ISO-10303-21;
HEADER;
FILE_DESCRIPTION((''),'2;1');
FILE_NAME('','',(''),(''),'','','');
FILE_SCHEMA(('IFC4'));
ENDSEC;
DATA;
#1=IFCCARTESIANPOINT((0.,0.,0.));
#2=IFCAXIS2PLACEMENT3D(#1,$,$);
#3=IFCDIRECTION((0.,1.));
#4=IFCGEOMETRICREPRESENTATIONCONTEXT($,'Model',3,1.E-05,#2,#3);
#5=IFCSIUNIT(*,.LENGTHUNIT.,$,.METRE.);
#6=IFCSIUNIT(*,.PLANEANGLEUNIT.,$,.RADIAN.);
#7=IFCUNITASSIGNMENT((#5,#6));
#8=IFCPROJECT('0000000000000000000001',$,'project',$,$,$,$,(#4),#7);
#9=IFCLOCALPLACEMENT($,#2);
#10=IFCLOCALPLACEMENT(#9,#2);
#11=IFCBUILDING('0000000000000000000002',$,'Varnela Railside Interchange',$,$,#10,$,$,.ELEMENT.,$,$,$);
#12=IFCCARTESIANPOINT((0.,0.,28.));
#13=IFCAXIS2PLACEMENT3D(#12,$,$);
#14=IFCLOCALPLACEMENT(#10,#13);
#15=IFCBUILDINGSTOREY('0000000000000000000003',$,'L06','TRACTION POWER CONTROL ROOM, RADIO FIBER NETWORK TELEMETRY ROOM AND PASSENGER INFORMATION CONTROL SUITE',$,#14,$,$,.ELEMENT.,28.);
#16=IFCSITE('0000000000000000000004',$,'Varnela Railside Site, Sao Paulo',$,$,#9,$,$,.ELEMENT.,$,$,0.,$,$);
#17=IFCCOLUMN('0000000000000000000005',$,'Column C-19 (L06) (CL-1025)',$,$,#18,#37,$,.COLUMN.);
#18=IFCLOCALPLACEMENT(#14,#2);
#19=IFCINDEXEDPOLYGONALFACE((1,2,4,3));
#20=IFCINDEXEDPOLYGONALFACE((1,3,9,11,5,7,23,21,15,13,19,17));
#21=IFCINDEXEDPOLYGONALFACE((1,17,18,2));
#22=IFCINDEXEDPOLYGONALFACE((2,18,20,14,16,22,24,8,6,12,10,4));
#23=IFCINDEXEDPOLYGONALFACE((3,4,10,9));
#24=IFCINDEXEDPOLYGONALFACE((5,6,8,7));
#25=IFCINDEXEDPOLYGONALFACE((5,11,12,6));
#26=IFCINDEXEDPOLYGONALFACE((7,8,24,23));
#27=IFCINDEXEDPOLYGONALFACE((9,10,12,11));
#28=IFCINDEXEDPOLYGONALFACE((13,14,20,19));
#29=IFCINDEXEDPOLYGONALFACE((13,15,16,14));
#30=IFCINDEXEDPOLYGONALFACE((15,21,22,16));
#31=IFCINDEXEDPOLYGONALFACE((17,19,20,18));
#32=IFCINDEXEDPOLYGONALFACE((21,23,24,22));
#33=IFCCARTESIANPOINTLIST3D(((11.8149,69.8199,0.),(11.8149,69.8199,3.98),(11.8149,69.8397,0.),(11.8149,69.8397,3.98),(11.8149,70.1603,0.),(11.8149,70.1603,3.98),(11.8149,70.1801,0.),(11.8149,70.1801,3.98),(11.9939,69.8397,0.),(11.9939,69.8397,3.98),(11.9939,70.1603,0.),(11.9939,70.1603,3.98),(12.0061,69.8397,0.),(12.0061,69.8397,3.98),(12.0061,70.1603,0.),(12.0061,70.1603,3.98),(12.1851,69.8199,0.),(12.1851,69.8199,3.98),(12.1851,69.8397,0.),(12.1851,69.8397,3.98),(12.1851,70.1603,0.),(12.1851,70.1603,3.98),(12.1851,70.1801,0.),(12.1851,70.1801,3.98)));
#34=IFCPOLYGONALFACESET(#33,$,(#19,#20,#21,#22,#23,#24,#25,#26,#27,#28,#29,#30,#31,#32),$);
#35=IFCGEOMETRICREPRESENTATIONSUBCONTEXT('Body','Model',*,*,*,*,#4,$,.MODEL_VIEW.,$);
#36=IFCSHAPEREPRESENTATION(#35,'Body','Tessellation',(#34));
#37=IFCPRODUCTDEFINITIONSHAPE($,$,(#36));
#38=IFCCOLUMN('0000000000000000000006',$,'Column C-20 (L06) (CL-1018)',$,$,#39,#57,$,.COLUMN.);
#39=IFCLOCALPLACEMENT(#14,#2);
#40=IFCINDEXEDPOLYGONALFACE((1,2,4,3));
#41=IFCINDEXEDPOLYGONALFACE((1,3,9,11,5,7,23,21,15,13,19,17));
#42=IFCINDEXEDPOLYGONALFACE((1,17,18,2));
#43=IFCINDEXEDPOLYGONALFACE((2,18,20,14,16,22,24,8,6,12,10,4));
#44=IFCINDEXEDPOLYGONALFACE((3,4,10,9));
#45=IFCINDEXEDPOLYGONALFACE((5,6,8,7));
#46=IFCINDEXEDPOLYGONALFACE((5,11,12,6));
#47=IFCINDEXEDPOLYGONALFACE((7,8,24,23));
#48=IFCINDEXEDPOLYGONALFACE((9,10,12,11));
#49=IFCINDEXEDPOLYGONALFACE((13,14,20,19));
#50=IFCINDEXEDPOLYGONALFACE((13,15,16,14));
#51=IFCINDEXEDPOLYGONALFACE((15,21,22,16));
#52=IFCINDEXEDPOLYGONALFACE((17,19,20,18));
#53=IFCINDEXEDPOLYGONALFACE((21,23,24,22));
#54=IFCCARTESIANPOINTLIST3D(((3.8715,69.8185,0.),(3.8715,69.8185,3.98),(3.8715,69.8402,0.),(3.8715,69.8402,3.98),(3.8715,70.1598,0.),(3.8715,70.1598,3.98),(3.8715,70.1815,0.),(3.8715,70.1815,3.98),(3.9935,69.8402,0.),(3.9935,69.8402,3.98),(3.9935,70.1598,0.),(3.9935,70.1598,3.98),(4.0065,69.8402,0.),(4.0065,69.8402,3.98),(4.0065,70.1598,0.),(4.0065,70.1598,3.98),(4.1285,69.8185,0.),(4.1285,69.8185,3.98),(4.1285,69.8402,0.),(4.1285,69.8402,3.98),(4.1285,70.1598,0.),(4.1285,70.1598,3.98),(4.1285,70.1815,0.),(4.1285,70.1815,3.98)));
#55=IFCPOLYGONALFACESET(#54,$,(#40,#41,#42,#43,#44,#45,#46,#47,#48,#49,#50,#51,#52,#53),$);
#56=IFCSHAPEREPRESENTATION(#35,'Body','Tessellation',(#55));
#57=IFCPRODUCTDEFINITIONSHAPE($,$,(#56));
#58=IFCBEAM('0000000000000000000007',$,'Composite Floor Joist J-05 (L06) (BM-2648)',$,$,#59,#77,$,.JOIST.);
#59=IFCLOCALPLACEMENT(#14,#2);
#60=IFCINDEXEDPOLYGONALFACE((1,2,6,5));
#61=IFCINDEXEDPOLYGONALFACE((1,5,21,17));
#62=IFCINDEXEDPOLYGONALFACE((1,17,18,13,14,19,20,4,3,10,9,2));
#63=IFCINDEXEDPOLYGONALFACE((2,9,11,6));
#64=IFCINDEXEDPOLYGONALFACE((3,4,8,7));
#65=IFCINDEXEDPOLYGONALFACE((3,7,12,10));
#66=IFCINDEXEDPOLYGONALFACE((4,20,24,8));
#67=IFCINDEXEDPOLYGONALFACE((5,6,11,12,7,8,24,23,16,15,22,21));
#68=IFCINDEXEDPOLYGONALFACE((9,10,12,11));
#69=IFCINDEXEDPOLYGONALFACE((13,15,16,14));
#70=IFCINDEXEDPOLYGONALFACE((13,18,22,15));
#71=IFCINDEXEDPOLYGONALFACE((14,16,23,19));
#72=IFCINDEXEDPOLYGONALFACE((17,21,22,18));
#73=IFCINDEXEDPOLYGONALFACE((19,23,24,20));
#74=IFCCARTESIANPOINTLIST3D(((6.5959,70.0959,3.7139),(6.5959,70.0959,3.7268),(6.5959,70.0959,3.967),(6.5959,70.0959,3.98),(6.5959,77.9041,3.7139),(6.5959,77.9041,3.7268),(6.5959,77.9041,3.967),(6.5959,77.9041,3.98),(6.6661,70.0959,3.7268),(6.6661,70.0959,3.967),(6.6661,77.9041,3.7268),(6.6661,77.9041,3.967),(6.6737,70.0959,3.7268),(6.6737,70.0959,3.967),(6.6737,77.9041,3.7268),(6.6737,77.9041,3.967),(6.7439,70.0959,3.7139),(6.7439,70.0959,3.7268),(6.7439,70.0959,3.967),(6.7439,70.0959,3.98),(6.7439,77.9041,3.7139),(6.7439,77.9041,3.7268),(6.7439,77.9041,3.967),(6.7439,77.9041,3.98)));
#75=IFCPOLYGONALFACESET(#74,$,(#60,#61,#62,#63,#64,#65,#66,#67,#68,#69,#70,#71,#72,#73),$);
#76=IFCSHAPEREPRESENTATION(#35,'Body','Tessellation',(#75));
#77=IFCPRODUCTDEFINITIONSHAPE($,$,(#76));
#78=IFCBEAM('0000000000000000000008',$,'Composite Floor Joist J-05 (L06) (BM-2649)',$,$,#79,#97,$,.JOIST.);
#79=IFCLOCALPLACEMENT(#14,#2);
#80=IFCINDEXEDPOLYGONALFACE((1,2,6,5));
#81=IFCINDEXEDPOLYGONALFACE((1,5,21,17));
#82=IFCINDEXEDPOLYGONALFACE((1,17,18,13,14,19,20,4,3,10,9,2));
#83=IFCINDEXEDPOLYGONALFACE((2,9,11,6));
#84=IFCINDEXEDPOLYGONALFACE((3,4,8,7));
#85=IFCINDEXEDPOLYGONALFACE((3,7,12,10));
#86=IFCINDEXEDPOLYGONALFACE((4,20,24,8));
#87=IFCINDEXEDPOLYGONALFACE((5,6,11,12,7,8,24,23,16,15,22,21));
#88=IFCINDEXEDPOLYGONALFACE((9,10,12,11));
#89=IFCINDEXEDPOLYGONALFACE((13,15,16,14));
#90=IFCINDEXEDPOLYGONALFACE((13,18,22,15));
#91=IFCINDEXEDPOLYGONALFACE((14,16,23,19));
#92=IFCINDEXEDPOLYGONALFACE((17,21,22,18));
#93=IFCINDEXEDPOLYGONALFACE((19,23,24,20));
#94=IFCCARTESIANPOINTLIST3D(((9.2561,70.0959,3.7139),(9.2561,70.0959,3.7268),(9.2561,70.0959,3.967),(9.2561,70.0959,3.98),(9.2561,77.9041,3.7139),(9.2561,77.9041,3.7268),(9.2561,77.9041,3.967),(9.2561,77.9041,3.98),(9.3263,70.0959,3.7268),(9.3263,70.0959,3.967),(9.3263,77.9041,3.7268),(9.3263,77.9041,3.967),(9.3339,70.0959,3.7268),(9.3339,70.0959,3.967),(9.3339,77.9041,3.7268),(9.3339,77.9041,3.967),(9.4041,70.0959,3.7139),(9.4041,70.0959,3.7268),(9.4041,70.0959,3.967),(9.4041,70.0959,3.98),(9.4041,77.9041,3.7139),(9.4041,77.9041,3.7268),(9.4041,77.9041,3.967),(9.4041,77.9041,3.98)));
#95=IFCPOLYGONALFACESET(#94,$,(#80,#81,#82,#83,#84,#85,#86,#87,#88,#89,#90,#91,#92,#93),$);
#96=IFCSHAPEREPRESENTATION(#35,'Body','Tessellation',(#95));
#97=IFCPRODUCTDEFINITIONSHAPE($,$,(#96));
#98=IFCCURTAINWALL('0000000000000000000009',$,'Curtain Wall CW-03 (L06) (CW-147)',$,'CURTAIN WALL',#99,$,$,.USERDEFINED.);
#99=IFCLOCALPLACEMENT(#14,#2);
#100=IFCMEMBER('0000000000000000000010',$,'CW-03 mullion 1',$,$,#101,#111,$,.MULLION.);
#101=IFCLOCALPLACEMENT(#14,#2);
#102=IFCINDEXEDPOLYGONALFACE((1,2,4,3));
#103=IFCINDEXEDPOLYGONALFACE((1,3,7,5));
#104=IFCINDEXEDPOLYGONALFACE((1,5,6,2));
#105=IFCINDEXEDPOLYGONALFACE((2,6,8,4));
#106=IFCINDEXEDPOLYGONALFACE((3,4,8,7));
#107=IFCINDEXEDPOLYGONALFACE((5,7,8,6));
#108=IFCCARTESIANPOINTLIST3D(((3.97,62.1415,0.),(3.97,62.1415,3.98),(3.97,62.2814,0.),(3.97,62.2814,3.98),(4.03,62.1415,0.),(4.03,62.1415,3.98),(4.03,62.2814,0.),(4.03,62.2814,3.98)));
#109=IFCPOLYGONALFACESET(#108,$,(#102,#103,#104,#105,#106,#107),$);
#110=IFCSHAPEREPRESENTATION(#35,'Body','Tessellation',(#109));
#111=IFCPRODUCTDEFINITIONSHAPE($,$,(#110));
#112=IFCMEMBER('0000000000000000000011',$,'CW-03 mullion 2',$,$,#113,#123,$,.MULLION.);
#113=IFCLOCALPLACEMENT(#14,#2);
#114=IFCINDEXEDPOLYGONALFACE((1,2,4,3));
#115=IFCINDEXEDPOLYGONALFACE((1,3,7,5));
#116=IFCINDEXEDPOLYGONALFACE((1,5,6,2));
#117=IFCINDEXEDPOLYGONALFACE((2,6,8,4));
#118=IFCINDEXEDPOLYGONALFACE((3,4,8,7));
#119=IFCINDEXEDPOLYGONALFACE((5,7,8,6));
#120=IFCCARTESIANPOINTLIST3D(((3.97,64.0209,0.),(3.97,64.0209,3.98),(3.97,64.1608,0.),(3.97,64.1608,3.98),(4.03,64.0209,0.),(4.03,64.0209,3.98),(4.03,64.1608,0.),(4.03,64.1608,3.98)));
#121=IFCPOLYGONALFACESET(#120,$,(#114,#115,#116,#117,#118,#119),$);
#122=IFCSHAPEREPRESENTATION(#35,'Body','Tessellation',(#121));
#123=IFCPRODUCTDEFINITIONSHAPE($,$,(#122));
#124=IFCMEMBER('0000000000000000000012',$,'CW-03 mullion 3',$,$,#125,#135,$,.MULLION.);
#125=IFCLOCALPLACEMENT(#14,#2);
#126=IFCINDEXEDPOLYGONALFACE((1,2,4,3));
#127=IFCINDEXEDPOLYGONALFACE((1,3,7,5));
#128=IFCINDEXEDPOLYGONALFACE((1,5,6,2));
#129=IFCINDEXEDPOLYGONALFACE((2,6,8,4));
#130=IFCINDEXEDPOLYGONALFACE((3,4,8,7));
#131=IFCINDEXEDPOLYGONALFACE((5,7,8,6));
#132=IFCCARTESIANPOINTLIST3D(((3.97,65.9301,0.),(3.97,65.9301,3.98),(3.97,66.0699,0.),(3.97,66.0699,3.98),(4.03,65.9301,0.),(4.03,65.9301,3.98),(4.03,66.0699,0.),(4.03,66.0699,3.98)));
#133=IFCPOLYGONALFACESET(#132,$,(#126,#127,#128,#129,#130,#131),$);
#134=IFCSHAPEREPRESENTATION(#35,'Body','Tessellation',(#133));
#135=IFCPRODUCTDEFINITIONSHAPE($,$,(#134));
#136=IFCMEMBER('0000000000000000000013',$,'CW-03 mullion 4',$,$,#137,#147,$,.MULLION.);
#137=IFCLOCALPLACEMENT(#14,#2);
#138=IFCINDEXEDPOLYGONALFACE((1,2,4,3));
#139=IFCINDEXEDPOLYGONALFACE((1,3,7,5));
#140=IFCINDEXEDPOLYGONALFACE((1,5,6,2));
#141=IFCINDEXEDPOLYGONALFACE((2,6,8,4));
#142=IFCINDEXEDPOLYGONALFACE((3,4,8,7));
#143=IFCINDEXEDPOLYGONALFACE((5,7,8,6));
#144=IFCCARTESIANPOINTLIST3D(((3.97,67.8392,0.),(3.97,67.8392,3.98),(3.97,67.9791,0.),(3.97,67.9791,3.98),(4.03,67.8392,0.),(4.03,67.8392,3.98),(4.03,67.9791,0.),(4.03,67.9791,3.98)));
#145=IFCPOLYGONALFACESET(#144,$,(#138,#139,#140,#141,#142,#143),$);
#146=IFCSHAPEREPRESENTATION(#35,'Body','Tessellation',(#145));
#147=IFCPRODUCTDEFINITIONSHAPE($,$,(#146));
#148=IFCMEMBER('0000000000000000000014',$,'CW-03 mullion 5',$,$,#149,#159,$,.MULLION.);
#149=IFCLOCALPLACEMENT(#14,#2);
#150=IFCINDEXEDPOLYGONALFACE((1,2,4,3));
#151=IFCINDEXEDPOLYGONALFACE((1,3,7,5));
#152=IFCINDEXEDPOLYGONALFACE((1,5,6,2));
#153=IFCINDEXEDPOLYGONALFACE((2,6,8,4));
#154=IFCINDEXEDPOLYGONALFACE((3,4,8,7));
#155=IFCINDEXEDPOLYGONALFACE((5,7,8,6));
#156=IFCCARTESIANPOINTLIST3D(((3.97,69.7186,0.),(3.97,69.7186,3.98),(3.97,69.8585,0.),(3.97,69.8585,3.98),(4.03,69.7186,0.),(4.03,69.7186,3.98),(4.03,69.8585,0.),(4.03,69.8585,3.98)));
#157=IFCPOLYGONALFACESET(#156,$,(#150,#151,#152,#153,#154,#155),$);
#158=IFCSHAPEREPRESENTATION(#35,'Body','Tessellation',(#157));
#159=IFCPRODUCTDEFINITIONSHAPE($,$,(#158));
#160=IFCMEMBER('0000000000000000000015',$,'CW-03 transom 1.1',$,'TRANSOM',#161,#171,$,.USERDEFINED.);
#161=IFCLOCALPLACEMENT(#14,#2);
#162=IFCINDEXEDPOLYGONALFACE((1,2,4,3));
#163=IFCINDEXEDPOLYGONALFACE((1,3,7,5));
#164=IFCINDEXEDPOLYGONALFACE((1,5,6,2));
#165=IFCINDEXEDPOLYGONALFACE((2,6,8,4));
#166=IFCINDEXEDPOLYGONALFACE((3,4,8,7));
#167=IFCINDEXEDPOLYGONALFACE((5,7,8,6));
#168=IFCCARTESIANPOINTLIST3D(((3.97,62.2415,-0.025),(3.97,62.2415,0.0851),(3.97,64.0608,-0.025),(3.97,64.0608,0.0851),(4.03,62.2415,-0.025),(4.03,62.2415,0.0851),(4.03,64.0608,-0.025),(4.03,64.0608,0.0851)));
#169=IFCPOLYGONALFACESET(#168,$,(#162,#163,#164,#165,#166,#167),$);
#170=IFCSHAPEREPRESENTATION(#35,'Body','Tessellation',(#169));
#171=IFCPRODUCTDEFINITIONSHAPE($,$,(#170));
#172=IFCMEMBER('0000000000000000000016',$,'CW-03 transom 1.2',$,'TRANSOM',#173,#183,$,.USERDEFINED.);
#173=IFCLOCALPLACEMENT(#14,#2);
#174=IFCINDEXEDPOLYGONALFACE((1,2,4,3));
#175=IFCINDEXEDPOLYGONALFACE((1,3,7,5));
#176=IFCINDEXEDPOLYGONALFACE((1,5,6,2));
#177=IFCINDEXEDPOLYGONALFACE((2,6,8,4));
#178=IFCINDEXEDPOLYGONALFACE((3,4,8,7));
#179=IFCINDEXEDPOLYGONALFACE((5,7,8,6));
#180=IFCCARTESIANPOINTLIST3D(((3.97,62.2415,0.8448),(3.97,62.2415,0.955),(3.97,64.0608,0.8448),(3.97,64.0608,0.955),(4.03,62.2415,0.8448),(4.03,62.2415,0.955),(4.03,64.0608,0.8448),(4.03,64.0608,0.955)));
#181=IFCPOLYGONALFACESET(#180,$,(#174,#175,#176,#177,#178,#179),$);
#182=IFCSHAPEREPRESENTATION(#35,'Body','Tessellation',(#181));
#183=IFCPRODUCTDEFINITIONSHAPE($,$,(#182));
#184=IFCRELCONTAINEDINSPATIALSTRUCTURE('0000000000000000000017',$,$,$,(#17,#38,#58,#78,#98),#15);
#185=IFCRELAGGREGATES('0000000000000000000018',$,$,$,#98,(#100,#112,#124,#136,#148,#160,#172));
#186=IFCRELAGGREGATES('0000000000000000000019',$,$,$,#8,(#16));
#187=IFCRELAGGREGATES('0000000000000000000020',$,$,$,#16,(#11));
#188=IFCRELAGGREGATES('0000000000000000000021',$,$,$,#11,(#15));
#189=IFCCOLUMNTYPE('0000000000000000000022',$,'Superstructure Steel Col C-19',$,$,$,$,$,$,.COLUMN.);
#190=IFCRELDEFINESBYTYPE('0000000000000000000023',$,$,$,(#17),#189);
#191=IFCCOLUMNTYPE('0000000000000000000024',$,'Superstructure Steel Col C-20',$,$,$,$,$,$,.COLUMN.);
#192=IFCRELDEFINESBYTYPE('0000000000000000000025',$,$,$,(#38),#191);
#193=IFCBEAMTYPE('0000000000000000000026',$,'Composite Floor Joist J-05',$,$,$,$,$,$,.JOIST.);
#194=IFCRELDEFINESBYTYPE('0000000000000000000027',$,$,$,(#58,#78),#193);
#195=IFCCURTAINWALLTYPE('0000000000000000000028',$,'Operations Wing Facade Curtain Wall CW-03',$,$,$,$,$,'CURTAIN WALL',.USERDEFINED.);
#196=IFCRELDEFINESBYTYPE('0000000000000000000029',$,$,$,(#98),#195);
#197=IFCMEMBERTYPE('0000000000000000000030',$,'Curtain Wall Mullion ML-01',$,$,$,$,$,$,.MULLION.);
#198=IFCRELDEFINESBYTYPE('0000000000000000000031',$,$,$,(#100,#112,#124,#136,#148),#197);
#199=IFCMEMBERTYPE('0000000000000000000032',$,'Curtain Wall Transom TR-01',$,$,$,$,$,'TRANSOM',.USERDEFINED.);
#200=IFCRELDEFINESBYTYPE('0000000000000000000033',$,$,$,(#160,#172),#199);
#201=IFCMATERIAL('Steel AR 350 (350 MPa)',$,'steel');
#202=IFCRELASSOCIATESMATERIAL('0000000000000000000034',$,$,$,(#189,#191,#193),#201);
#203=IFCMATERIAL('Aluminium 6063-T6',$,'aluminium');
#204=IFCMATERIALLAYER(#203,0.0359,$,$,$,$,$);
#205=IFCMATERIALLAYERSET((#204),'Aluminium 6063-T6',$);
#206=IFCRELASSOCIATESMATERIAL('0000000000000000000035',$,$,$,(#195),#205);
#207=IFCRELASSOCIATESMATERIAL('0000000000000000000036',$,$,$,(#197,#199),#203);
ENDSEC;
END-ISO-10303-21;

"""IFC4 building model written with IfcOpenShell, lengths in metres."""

from ifc_helpers import new_model, si_unit, direction, frame, origin, origin_2d, place, context, subcontext, project, spatial, rectangle, i_section, extrude, material, layer, layer_set, material_profile, profile_set, type_object, element, aggregate, save


model = new_model("IFC4")

# Units and contexts
model_context = context("Model", 3, precision=1e-05, world=origin(), true_north=direction((0.0, 1.0)))
body_context = subcontext(model_context, "Body", "Model", "MODEL_VIEW")
ifc_project = project(units=[si_unit("LENGTHUNIT", "METRE"), si_unit("PLANEANGLEUNIT", "RADIAN")], contexts=[model_context])

# Site, building, storey
site_placement = place(None, origin())
site = spatial("IfcSite", under=ifc_project, at=site_placement, Name="Varnela Railside Site, Sao Paulo", CompositionType="ELEMENT", RefElevation=0.0)
building_placement = place(site_placement, origin())
building = spatial("IfcBuilding", under=site, at=building_placement, Name="Varnela Railside Interchange", CompositionType="ELEMENT")
storey_placement = place(building_placement, frame((0.0, 0.0, 28.0)))
storey = spatial("IfcBuildingStorey", under=building, at=storey_placement, Name="L06", Description="TRACTION POWER CONTROL ROOM, RADIO FIBER NETWORK TELEMETRY ROOM AND PASSENGER INFORMATION CONTROL SUITE", CompositionType="ELEMENT", Elevation=28.0)

# Columns
ifc_material_1 = material(Name="Steel AR 350 (350 MPa)", Category="steel")
ifc_material_profile_1 = material_profile(ifc_material_1, i_section(OverallWidth=0.3701, OverallDepth=0.3601, WebThickness=0.0122, FlangeThickness=0.0198, at=origin_2d()), Name="W360x147")
ifc_profile_set_1 = profile_set([ifc_material_profile_1], Name="Steel AR 350 (350 MPa)")
column_type_1 = type_object("IfcColumnType", Name="Superstructure Steel Col C-19", PredefinedType="COLUMN", material=ifc_profile_set_1)
column_1_placement = place(storey_placement, frame((12.0, 70.0, 0.0), z_axis=(0.0, 0.0, 1.0), x_axis=(1.0, 0.0, 0.0)))
element("IfcColumn", 1, at=column_1_placement, inside=storey, type_object=column_type_1, Name="Column C-19 (L06) (CL-1025)", PredefinedType="COLUMN", context=body_context, shape_type="SweptSolid", body=[
    extrude(i_section(OverallWidth=0.3701, OverallDepth=0.3601, WebThickness=0.0122, FlangeThickness=0.0198, at=origin_2d()), origin(), (0.0, 0.0, 1.0), 3.98),
])
ifc_material_profile_2 = material_profile(ifc_material_1, i_section(OverallWidth=0.2571, OverallDepth=0.363, WebThickness=0.0129, FlangeThickness=0.0217, at=origin_2d()), Name="W360x122")
ifc_profile_set_2 = profile_set([ifc_material_profile_2], Name="Steel AR 350 (350 MPa)")
column_type_2 = type_object("IfcColumnType", Name="Superstructure Steel Col C-20", PredefinedType="COLUMN", material=ifc_profile_set_2)
column_2_placement = place(storey_placement, frame((4.0, 70.0, 0.0), z_axis=(0.0, 0.0, 1.0), x_axis=(1.0, 0.0, 0.0)))
element("IfcColumn", 2, at=column_2_placement, inside=storey, type_object=column_type_2, Name="Column C-20 (L06) (CL-1018)", PredefinedType="COLUMN", context=body_context, shape_type="SweptSolid", body=[
    extrude(i_section(OverallWidth=0.2571, OverallDepth=0.363, WebThickness=0.0129, FlangeThickness=0.0217, at=origin_2d()), origin(), (0.0, 0.0, 1.0), 3.98),
])

# Beams
ifc_material_profile_3 = material_profile(ifc_material_1, i_section(OverallWidth=0.1479, OverallDepth=0.2661, WebThickness=0.0076, FlangeThickness=0.0129, at=origin_2d()), Name="W250x44.8")
ifc_profile_set_3 = profile_set([ifc_material_profile_3], Name="Steel AR 350 (350 MPa)")
beam_type_1 = type_object("IfcBeamType", Name="Composite Floor Joist J-05", PredefinedType="JOIST", material=ifc_profile_set_3)
for number, where, z_axis, x_axis, name in (
    (3, (6.6699, 70.0959, 3.8469), (0.0, 1.0, 0.0), (-1.0, 0.0, 0.0), "Composite Floor Joist J-05 (L06) (BM-2648)"),
    (4, (9.3301, 70.0959, 3.8469), (0.0, 1.0, 0.0), (-1.0, 0.0, 0.0), "Composite Floor Joist J-05 (L06) (BM-2649)"),
):
    element("IfcBeam", number, at=place(storey_placement, frame(where, z_axis=z_axis, x_axis=x_axis)), inside=storey, type_object=beam_type_1, Name=name, PredefinedType="JOIST", context=body_context, shape_type="SweptSolid", body=[
        extrude(i_section(OverallWidth=0.1479, OverallDepth=0.2661, WebThickness=0.0076, FlangeThickness=0.0129, at=origin_2d()), origin(), (0.0, 0.0, 1.0), 7.8081),
    ])

# Curtain wall, members
ifc_material_2 = material(Name="Aluminium 6063-T6", Category="aluminium")
ifc_layer_1 = layer(ifc_material_2, 0.0359)
ifc_layer_set_1 = layer_set([ifc_layer_1], Name="Aluminium 6063-T6")
curtain_wall_type = type_object("IfcCurtainWallType", Name="Operations Wing Facade Curtain Wall CW-03", ElementType="CURTAIN WALL", PredefinedType="USERDEFINED", material=ifc_layer_set_1)
curtain_wall_placement = place(storey_placement, origin())
curtain_wall = element("IfcCurtainWall", 5, at=curtain_wall_placement, inside=storey, type_object=curtain_wall_type, Name="Curtain Wall CW-03 (L06) (CW-147)", ObjectType="CURTAIN WALL", PredefinedType="USERDEFINED")
ifc_material_profile_4 = material_profile(ifc_material_2, rectangle(XDim=0.0601, YDim=0.1399, at=origin_2d()), Name="ALU 60x140")
ifc_profile_set_4 = profile_set([ifc_material_profile_4], Name="Aluminium 6063-T6")
member_type_1 = type_object("IfcMemberType", Name="Curtain Wall Mullion ML-01", PredefinedType="MULLION", material=ifc_profile_set_4)
member_1_placement = place(storey_placement, frame((4.0, 62.2114, 0.0), z_axis=(0.0, 0.0, 1.0), x_axis=(-1.0, 0.0, 0.0)))
member_1 = element("IfcMember", 6, at=member_1_placement, type_object=member_type_1, Name="CW-03 mullion 1", PredefinedType="MULLION", context=body_context, shape_type="SweptSolid", body=[
    extrude(rectangle(XDim=0.0601, YDim=0.1399, at=origin_2d()), origin(), (0.0, 0.0, 1.0), 3.98),
])
member_2_placement = place(storey_placement, frame((4.0, 64.0908, 0.0), z_axis=(0.0, 0.0, 1.0), x_axis=(-1.0, 0.0, 0.0)))
member_2 = element("IfcMember", 7, at=member_2_placement, type_object=member_type_1, Name="CW-03 mullion 2", PredefinedType="MULLION", context=body_context, shape_type="SweptSolid", body=[
    extrude(rectangle(XDim=0.0601, YDim=0.1399, at=origin_2d()), origin(), (0.0, 0.0, 1.0), 3.98),
])
member_3_placement = place(storey_placement, frame((4.0, 66.0, 0.0), z_axis=(0.0, 0.0, 1.0), x_axis=(-1.0, 0.0, 0.0)))
member_3 = element("IfcMember", 8, at=member_3_placement, type_object=member_type_1, Name="CW-03 mullion 3", PredefinedType="MULLION", context=body_context, shape_type="SweptSolid", body=[
    extrude(rectangle(XDim=0.0601, YDim=0.1399, at=origin_2d()), origin(), (0.0, 0.0, 1.0), 3.98),
])
member_4_placement = place(storey_placement, frame((4.0, 67.9092, 0.0), z_axis=(0.0, 0.0, 1.0), x_axis=(-1.0, 0.0, 0.0)))
member_4 = element("IfcMember", 9, at=member_4_placement, type_object=member_type_1, Name="CW-03 mullion 4", PredefinedType="MULLION", context=body_context, shape_type="SweptSolid", body=[
    extrude(rectangle(XDim=0.0601, YDim=0.1399, at=origin_2d()), origin(), (0.0, 0.0, 1.0), 3.98),
])
member_5_placement = place(storey_placement, frame((4.0, 69.7886, 0.0), z_axis=(0.0, 0.0, 1.0), x_axis=(-1.0, 0.0, 0.0)))
member_5 = element("IfcMember", 10, at=member_5_placement, type_object=member_type_1, Name="CW-03 mullion 5", PredefinedType="MULLION", context=body_context, shape_type="SweptSolid", body=[
    extrude(rectangle(XDim=0.0601, YDim=0.1399, at=origin_2d()), origin(), (0.0, 0.0, 1.0), 3.98),
])
ifc_material_profile_5 = material_profile(ifc_material_2, rectangle(XDim=0.0601, YDim=0.1101, at=origin_2d()), Name="ALU 60x110")
ifc_profile_set_5 = profile_set([ifc_material_profile_5], Name="Aluminium 6063-T6")
member_type_2 = type_object("IfcMemberType", Name="Curtain Wall Transom TR-01", ElementType="TRANSOM", PredefinedType="USERDEFINED", material=ifc_profile_set_5)
member_6_placement = place(storey_placement, frame((4.0, 62.2415, 0.03), z_axis=(0.0, 1.0, 0.0), x_axis=(-1.0, 0.0, 0.0)))
member_6 = element("IfcMember", 11, at=member_6_placement, type_object=member_type_2, Name="CW-03 transom 1.1", ObjectType="TRANSOM", PredefinedType="USERDEFINED", context=body_context, shape_type="SweptSolid", body=[
    extrude(rectangle(XDim=0.0601, YDim=0.1101, at=origin_2d()), origin(), (0.0, 0.0, 1.0), 1.8193),
])
member_7_placement = place(storey_placement, frame((4.0, 62.2415, 0.8999), z_axis=(0.0, 1.0, 0.0), x_axis=(-1.0, 0.0, 0.0)))
member_7 = element("IfcMember", 12, at=member_7_placement, type_object=member_type_2, Name="CW-03 transom 1.2", ObjectType="TRANSOM", PredefinedType="USERDEFINED", context=body_context, shape_type="SweptSolid", body=[
    extrude(rectangle(XDim=0.0601, YDim=0.1101, at=origin_2d()), origin(), (0.0, 0.0, 1.0), 1.8193),
])

aggregate(curtain_wall, [member_1, member_2, member_3, member_4, member_5, member_6, member_7])

save(model, "model.ifc")
